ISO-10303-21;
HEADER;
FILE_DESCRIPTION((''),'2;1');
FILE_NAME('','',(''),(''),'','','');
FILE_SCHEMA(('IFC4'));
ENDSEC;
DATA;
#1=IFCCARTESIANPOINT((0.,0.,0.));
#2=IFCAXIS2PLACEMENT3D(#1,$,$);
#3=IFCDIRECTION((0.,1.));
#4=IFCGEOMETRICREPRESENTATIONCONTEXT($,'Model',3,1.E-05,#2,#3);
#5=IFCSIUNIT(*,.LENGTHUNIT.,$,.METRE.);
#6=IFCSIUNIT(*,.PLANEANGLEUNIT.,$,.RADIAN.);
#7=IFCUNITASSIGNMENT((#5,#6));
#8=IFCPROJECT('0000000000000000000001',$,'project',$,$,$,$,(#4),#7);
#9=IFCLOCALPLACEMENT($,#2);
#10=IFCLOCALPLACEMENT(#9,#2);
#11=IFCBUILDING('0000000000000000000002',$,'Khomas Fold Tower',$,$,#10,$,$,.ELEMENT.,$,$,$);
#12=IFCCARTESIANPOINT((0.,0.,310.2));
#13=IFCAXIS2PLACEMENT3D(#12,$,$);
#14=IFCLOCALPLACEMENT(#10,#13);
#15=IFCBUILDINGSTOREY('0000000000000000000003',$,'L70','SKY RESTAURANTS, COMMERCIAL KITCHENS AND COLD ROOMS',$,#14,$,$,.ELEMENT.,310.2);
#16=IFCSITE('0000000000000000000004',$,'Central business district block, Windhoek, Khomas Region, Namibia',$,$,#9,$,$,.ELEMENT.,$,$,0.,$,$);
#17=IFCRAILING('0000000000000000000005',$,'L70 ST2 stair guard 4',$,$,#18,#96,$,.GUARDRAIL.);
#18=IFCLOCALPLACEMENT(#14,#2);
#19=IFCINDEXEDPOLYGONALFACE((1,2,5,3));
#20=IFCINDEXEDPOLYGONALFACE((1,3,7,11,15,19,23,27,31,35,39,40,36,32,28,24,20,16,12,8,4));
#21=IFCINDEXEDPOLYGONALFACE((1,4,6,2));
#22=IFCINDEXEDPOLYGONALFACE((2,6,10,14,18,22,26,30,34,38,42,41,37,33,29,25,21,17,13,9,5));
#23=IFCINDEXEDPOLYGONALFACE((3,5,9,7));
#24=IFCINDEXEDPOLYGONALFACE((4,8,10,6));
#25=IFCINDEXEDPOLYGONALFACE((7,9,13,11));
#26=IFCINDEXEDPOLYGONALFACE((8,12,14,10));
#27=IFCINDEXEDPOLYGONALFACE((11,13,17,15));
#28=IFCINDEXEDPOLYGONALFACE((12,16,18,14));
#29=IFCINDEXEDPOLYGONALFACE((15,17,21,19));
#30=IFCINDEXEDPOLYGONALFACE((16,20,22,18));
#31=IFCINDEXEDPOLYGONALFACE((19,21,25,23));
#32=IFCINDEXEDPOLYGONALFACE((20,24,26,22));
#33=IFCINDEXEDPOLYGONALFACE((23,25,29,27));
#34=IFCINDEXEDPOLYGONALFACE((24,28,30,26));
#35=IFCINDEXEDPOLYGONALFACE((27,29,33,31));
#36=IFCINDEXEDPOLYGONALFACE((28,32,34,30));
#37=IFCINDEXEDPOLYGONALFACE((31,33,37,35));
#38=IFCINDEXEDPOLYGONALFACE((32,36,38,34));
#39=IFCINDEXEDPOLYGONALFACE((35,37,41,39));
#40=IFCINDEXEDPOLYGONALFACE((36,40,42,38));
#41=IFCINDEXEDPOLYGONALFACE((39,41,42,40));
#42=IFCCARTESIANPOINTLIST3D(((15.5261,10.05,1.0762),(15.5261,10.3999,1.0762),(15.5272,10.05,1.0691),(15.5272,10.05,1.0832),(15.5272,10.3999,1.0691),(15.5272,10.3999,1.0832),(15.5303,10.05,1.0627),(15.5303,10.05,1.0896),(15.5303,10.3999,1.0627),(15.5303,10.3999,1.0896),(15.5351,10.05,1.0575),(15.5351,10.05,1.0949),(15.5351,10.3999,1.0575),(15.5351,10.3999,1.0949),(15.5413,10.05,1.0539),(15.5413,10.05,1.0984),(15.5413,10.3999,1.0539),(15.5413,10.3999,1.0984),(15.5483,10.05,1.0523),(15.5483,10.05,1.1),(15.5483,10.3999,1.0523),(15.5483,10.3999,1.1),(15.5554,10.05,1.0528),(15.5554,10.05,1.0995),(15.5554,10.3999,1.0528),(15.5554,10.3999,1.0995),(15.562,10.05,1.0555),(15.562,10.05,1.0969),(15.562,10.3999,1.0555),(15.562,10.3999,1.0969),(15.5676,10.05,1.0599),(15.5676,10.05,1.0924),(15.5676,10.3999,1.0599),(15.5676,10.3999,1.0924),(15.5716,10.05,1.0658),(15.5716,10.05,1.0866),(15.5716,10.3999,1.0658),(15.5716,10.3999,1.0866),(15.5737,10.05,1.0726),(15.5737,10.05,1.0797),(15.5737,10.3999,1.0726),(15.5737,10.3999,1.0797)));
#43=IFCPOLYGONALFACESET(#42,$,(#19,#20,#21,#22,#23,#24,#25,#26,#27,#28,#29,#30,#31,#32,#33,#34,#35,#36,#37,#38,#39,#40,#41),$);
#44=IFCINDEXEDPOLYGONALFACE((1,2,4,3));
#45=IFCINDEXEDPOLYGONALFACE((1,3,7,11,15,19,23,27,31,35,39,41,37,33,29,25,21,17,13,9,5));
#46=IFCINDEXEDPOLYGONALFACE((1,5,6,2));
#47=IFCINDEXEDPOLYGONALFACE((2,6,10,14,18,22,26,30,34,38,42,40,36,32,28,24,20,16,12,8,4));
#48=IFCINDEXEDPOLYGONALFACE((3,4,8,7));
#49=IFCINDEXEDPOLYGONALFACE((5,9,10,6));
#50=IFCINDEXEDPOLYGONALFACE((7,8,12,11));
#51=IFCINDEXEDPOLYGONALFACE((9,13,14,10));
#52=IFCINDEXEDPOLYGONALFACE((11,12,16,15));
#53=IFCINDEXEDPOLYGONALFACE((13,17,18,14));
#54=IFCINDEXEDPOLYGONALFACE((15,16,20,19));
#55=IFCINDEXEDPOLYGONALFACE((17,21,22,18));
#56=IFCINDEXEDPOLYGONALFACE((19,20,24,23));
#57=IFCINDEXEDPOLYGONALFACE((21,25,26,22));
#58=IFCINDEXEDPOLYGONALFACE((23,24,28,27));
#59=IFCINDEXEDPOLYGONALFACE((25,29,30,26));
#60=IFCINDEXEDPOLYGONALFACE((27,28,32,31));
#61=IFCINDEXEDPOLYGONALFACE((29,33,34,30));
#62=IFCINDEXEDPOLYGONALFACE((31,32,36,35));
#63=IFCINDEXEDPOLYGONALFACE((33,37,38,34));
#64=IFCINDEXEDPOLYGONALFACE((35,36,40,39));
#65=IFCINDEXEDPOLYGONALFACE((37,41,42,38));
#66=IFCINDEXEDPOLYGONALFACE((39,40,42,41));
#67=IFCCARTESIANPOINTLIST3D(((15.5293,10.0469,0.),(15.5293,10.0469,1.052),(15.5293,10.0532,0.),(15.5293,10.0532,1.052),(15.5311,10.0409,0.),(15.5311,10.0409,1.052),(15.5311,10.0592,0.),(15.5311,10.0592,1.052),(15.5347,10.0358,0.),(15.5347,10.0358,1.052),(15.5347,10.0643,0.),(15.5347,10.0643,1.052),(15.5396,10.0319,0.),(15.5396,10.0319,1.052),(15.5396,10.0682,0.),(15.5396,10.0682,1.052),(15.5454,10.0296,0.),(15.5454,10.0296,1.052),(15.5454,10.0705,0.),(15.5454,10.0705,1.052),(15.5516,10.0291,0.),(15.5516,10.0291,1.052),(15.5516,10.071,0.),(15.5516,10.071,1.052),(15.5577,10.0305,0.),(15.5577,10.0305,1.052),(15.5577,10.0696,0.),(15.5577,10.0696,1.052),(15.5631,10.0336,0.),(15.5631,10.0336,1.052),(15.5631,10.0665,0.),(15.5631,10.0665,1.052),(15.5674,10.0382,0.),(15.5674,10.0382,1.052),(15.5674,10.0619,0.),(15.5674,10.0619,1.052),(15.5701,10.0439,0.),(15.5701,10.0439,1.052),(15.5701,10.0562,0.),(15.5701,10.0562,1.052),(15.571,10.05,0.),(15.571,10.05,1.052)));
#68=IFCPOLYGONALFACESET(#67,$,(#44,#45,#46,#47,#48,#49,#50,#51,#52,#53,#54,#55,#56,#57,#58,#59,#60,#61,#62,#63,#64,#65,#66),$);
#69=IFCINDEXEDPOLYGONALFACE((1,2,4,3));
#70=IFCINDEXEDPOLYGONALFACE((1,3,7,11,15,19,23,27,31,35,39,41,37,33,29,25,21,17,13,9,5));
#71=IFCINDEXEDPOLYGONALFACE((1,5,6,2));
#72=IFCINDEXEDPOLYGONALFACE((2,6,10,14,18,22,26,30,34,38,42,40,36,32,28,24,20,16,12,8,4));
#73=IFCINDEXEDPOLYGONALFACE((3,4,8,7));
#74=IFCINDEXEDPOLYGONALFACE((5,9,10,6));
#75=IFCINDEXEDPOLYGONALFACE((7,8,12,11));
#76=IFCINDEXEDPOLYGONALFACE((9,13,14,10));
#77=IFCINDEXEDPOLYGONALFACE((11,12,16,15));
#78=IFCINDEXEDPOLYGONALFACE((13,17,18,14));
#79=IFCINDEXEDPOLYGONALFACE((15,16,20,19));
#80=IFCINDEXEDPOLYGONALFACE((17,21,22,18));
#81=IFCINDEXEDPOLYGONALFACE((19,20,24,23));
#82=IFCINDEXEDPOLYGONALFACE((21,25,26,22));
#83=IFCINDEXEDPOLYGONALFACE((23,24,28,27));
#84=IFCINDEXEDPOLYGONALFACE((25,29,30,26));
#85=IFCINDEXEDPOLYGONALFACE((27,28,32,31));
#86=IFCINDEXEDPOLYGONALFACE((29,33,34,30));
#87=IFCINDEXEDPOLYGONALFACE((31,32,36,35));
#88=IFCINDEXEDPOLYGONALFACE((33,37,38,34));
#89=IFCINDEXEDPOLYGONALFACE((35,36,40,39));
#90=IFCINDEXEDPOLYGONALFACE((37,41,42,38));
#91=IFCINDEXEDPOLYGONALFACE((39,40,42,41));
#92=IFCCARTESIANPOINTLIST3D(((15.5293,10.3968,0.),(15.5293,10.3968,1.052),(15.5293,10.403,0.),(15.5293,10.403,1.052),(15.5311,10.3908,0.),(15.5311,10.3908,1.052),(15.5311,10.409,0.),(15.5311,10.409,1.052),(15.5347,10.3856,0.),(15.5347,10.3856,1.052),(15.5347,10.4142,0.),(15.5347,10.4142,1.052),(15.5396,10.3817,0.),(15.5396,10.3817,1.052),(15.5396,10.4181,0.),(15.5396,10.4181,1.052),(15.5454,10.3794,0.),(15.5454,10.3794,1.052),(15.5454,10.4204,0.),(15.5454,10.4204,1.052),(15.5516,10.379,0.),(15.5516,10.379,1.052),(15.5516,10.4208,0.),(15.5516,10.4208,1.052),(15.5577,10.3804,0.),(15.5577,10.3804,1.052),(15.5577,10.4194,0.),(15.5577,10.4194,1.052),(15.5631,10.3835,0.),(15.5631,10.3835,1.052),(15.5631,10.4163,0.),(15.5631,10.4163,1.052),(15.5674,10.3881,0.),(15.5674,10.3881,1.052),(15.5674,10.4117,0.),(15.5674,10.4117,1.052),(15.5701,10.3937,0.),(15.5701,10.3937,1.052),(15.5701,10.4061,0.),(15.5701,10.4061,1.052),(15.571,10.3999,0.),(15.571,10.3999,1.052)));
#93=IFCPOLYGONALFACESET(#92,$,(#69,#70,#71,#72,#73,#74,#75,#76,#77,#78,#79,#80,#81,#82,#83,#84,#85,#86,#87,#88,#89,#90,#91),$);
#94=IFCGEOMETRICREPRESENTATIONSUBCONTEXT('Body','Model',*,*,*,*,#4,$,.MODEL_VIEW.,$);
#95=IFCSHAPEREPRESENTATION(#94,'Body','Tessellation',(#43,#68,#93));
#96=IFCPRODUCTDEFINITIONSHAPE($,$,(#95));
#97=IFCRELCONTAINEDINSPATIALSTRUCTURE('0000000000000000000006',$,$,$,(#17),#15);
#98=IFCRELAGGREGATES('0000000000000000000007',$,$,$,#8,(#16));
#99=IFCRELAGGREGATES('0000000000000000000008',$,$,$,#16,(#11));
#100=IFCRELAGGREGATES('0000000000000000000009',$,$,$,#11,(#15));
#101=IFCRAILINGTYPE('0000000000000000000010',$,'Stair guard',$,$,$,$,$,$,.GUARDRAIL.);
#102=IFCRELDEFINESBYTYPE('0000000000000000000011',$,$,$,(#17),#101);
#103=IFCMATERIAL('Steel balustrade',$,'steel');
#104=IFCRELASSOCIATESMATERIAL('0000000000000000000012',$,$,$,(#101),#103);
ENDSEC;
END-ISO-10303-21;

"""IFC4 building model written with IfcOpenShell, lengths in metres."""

from ifc_helpers import new_model, si_unit, direction, frame, origin, origin_2d, place, context, subcontext, project, spatial, circle, extrude, source, transform, mapped, material, type_object, element, save


model = new_model("IFC4")

# Units and contexts
model_context = context("Model", 3, precision=1e-05, world=origin(), true_north=direction((0.0, 1.0)))
body_context = subcontext(model_context, "Body", "Model", "MODEL_VIEW")
ifc_project = project(units=[si_unit("LENGTHUNIT", "METRE"), si_unit("PLANEANGLEUNIT", "RADIAN")], contexts=[model_context])

# Site, building, storey
site_placement = place(None, origin())
site = spatial("IfcSite", under=ifc_project, at=site_placement, Name="Central business district block, Windhoek, Khomas Region, Namibia", CompositionType="ELEMENT", RefElevation=0.0)
building_placement = place(site_placement, origin())
building = spatial("IfcBuilding", under=site, at=building_placement, Name="Khomas Fold Tower", CompositionType="ELEMENT")
storey_placement = place(building_placement, frame((0.0, 0.0, 310.2)))
storey = spatial("IfcBuildingStorey", under=building, at=storey_placement, Name="L70", Description="SKY RESTAURANTS, COMMERCIAL KITCHENS AND COLD ROOMS", CompositionType="ELEMENT", Elevation=310.2)

# Railing
ifc_material_1 = material(Name="Steel balustrade", Category="steel")
railing_type_1 = type_object("IfcRailingType", Name="Stair guard", PredefinedType="GUARDRAIL", material=ifc_material_1)
shared_shape_1 = source(origin(), body_context, "Body", "SweptSolid", [
    extrude(circle(Radius=0.0239, at=origin_2d()), frame((0.0, 0.0, 1.0762), z_axis=(0.0, 1.0, 0.0), x_axis=(-1.0, 0.0, 0.0)), (0.0, 0.0, 1.0), 0.3499),
    extrude(circle(Radius=0.021, at=origin_2d()), origin(), (0.0, 0.0, 1.0), 1.052),
    extrude(circle(Radius=0.021, at=origin_2d()), frame((0.0, 0.3499, 0.0)), (0.0, 0.0, 1.0), 1.052),
])
for number, where, name in (
    (1, (15.55, 10.05, 0.0), "L70 ST2 stair guard 4"),
):
    element("IfcRailing", number, at=place(storey_placement, frame(where)), inside=storey, type_object=railing_type_1, Name=name, PredefinedType="GUARDRAIL", context=body_context, shape_type="MappedRepresentation", body=[
        mapped(shared_shape_1, transform((0.0, 0.0, 0.0))),
    ])

save(model, "model.ifc")
